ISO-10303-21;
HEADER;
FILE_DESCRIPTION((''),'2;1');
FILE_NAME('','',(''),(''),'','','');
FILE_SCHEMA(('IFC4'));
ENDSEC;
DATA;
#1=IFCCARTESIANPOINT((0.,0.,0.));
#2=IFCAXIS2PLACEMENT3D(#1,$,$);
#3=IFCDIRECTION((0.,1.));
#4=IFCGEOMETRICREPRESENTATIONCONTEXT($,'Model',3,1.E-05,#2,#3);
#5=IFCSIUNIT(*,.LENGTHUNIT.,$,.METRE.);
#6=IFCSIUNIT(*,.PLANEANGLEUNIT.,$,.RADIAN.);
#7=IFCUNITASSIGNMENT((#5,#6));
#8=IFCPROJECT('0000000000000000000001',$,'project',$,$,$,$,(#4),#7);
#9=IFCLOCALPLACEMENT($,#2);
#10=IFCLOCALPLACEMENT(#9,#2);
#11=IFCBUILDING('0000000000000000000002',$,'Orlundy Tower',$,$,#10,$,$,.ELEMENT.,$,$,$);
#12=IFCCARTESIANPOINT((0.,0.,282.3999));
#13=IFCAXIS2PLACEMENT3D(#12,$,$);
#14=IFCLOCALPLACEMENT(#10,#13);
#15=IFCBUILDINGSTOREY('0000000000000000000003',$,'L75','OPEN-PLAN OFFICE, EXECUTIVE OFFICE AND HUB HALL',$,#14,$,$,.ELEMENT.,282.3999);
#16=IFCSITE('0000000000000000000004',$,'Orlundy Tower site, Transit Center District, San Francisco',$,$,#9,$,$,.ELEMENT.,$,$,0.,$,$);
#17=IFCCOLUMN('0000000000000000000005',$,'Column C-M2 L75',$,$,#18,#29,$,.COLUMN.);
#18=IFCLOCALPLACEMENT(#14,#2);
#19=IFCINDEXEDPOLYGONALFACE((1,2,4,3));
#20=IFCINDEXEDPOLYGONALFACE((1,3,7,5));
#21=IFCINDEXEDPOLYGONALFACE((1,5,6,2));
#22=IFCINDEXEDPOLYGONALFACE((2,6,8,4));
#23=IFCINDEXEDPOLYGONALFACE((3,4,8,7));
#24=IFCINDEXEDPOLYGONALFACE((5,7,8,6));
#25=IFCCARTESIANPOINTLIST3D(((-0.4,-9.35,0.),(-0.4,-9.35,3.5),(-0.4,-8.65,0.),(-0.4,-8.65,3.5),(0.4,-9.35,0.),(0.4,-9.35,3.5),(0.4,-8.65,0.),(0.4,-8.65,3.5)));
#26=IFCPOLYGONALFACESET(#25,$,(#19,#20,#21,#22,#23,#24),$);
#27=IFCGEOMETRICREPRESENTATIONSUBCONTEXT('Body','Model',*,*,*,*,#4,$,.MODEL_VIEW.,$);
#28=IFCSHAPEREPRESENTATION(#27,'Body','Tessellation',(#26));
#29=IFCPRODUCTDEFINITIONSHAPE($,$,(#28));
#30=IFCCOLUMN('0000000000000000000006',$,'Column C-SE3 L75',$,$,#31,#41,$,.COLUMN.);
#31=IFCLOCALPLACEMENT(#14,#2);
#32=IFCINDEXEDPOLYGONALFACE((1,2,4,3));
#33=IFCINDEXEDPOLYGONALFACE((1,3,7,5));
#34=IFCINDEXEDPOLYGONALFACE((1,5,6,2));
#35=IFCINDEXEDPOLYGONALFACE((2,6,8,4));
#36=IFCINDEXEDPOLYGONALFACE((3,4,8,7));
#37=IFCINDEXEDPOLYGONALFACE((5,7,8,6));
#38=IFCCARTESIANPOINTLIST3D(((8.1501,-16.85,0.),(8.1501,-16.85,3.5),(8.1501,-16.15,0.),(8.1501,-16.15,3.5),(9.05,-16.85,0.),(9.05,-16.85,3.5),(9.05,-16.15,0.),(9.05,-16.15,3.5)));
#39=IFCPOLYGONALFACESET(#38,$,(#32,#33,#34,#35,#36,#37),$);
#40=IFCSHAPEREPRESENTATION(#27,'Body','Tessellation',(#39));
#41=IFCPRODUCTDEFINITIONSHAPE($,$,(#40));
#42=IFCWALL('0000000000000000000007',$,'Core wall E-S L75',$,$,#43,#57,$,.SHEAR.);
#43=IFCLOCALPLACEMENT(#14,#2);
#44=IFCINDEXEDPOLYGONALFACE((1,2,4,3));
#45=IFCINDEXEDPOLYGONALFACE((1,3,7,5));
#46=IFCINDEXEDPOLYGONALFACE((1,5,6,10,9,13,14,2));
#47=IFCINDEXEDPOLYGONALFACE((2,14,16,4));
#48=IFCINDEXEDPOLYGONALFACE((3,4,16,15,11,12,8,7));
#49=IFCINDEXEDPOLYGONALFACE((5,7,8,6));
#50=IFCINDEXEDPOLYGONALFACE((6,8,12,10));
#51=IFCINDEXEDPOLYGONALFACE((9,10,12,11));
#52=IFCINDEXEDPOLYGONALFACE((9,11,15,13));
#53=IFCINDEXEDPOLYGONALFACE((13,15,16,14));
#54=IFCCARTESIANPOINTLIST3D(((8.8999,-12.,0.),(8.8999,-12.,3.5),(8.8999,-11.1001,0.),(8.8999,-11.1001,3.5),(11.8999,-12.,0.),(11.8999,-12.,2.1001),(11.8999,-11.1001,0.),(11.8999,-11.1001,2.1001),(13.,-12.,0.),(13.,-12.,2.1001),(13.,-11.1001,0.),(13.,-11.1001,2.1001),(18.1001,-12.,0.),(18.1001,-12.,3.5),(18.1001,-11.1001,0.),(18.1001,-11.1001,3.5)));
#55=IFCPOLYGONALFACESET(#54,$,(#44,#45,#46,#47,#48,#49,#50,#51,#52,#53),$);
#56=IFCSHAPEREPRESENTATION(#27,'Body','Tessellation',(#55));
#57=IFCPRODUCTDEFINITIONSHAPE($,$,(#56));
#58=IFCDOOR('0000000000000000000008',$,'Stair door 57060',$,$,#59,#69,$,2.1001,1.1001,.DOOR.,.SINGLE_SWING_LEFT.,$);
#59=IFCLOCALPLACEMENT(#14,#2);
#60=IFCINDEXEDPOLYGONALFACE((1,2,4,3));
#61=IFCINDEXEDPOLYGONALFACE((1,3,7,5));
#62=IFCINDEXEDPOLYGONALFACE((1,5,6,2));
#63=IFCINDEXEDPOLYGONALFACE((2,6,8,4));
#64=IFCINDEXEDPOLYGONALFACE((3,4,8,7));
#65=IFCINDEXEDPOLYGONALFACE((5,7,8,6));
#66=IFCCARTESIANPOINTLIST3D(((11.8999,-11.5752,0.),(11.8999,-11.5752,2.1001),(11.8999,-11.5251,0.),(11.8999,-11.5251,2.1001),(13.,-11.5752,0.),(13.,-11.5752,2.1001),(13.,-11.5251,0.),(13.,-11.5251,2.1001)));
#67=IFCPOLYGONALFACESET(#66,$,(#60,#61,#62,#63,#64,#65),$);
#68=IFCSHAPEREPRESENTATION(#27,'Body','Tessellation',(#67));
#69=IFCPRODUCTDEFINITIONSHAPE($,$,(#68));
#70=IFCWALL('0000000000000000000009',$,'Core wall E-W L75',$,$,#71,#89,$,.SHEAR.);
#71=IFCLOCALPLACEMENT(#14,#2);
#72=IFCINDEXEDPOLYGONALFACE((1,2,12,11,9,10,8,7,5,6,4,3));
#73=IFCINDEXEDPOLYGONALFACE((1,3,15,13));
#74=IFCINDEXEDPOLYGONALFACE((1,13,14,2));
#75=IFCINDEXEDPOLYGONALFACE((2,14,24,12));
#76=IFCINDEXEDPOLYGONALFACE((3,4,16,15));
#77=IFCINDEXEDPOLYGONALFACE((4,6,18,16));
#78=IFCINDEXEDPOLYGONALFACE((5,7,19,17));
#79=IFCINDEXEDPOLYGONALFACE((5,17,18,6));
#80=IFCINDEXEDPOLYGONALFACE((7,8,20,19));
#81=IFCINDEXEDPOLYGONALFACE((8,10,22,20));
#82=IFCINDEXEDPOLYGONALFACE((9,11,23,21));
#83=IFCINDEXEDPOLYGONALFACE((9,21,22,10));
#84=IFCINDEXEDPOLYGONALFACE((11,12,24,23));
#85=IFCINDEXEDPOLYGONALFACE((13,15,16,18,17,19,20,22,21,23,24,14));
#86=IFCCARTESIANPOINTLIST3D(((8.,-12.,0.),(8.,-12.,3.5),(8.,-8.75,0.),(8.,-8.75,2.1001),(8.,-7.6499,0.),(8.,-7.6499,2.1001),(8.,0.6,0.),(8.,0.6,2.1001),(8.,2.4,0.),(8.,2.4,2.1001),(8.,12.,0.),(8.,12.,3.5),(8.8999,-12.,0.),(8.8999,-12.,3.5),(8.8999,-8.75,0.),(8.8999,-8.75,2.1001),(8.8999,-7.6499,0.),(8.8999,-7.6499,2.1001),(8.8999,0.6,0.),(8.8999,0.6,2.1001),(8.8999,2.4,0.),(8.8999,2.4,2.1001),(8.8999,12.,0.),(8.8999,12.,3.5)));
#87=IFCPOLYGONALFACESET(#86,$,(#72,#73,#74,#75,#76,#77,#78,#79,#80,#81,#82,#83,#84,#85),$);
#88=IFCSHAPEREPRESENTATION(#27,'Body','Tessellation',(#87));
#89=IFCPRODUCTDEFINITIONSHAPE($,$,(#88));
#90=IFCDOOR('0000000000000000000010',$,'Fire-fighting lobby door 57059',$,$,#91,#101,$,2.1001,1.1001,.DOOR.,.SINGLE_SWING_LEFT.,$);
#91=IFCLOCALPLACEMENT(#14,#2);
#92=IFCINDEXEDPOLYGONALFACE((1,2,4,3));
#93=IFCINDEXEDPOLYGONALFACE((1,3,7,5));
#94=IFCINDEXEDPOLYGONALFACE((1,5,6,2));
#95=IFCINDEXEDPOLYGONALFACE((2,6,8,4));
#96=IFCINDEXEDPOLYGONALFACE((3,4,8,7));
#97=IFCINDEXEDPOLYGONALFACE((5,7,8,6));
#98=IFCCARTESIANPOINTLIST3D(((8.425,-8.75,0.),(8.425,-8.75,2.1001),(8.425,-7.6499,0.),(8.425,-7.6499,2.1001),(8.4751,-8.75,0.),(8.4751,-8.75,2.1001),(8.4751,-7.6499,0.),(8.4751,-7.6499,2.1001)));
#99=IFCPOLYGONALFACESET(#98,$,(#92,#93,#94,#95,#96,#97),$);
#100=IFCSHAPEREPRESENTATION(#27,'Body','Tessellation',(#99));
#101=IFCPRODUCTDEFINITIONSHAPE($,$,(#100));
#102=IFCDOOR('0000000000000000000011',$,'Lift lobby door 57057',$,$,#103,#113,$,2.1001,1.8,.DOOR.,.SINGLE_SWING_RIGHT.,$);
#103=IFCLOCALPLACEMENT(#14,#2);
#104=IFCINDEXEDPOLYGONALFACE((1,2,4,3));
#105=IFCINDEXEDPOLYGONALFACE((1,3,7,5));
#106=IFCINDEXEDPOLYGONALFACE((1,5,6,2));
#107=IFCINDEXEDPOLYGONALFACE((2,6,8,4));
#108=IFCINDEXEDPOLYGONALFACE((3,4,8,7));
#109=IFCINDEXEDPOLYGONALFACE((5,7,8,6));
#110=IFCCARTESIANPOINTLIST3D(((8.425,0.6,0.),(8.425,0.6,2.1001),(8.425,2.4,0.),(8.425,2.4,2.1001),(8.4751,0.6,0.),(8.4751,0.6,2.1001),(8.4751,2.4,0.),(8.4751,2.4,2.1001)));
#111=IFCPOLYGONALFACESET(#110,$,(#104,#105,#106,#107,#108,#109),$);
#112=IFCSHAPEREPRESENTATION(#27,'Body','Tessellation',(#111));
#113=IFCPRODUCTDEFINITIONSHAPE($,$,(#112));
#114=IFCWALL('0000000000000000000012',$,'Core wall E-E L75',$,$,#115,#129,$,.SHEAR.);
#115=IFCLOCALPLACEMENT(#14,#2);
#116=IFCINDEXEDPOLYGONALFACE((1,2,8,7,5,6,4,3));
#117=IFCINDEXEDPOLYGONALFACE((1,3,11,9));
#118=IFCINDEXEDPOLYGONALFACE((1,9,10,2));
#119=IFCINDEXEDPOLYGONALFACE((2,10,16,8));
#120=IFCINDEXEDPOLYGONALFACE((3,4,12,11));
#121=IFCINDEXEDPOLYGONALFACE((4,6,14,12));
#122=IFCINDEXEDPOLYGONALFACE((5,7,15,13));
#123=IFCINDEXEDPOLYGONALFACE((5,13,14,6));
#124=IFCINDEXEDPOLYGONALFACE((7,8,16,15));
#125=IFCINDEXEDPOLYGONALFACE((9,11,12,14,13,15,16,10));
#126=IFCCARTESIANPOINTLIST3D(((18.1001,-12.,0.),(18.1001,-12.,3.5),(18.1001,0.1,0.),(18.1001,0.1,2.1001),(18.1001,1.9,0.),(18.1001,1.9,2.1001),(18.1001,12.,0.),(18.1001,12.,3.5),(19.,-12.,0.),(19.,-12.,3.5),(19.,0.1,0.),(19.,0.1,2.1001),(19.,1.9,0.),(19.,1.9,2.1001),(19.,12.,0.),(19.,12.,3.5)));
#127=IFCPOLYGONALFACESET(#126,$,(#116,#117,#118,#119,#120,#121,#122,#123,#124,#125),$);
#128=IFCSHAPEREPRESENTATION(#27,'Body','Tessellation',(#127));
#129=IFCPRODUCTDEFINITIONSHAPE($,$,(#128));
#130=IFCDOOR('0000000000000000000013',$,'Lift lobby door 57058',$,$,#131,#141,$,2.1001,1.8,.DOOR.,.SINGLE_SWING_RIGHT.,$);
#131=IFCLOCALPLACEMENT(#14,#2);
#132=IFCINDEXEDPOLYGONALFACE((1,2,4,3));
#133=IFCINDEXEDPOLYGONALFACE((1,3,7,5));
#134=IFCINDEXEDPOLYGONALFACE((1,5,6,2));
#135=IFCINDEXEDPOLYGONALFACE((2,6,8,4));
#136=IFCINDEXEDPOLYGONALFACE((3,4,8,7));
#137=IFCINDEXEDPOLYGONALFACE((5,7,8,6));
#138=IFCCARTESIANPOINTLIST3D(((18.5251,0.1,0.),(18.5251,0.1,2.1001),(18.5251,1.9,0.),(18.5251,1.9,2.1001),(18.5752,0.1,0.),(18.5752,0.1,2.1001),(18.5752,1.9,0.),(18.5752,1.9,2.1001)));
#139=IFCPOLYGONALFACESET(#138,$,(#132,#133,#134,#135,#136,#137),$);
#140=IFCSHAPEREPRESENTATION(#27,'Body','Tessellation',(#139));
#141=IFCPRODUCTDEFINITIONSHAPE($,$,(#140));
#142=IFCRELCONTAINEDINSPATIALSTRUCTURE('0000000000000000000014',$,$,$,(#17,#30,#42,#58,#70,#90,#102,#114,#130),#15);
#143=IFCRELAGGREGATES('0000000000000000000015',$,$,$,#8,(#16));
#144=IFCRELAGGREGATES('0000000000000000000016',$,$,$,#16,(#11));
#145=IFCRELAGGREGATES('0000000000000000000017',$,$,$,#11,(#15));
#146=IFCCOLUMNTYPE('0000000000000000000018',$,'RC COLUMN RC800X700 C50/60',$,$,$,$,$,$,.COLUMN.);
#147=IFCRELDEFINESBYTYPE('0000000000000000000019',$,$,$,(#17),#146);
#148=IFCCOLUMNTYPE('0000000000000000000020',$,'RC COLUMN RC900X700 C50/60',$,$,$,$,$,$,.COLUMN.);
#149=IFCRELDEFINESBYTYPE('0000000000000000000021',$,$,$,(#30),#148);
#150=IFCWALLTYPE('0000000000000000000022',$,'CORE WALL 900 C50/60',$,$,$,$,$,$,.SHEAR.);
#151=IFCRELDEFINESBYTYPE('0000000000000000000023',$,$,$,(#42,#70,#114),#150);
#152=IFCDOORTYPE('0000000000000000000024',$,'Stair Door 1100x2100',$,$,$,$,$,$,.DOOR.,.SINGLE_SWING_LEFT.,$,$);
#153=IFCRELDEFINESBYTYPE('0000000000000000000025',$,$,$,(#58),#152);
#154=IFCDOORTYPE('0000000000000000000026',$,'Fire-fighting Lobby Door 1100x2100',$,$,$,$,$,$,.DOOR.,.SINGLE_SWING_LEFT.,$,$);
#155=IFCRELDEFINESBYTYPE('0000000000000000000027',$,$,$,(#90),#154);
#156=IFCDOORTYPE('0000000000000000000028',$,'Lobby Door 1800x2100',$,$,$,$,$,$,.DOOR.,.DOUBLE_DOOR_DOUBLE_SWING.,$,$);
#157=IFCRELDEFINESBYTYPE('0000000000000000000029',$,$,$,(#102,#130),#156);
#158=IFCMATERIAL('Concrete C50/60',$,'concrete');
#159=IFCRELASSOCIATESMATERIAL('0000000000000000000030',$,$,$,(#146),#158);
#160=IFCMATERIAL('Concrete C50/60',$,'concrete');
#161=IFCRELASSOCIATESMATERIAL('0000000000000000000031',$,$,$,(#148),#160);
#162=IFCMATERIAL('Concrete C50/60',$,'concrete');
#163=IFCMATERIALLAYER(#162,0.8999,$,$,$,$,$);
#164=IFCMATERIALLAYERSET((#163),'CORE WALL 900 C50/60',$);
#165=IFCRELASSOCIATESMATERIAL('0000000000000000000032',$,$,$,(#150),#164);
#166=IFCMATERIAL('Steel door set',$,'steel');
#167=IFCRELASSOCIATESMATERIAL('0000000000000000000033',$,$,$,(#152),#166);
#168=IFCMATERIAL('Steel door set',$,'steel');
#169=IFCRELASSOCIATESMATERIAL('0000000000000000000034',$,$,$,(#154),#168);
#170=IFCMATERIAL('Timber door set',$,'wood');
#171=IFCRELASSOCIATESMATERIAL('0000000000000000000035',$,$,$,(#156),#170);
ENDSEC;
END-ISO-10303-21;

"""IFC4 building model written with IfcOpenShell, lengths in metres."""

from ifc_helpers import new_model, si_unit, direction, frame, frame_2d, origin, origin_2d, place, context, subcontext, project, spatial, rectangle, extrude, material, layer, layer_set, material_profile, profile_set, type_object, element, fill, save


model = new_model("IFC4")

# Units and contexts
model_context = context("Model", 3, precision=1e-05, world=origin(), true_north=direction((0.0, 1.0)))
body_context = subcontext(model_context, "Body", "Model", "MODEL_VIEW")
ifc_project = project(units=[si_unit("LENGTHUNIT", "METRE"), si_unit("PLANEANGLEUNIT", "RADIAN")], contexts=[model_context])

# Site, building, storey
site_placement = place(None, origin())
site = spatial("IfcSite", under=ifc_project, at=site_placement, Name="Orlundy Tower site, Transit Center District, San Francisco", CompositionType="ELEMENT", RefElevation=0.0)
building_placement = place(site_placement, origin())
building = spatial("IfcBuilding", under=site, at=building_placement, Name="Orlundy Tower", CompositionType="ELEMENT")
storey_placement = place(building_placement, frame((0.0, 0.0, 282.3999)))
storey = spatial("IfcBuildingStorey", under=building, at=storey_placement, Name="L75", Description="OPEN-PLAN OFFICE, EXECUTIVE OFFICE AND HUB HALL", CompositionType="ELEMENT", Elevation=282.3999)

# Columns
ifc_material_1 = material(Name="Concrete C50/60", Category="concrete")
ifc_material_profile_1 = material_profile(ifc_material_1, rectangle(XDim=0.8, YDim=0.7, at=origin_2d()), Name="RC800X700")
ifc_profile_set_1 = profile_set([ifc_material_profile_1], Name="Concrete C50/60")
column_type_1 = type_object("IfcColumnType", Name="RC COLUMN RC800X700 C50/60", PredefinedType="COLUMN", material=ifc_profile_set_1)
column_1_placement = place(storey_placement, frame((0.0, -9.0, 0.0), z_axis=(0.0, 0.0, 1.0), x_axis=(1.0, 0.0, 0.0)))
element("IfcColumn", 1, at=column_1_placement, inside=storey, type_object=column_type_1, Name="Column C-M2 L75", PredefinedType="COLUMN", context=body_context, shape_type="SweptSolid", body=[
    extrude(rectangle(XDim=0.8, YDim=0.7, at=origin_2d()), origin(), (0.0, 0.0, 1.0), 3.5),
])
ifc_material_2 = material(Name="Concrete C50/60", Category="concrete")
ifc_material_profile_2 = material_profile(ifc_material_2, rectangle(XDim=0.8999, YDim=0.7, at=origin_2d()), Name="RC900X700")
ifc_profile_set_2 = profile_set([ifc_material_profile_2], Name="Concrete C50/60")
column_type_2 = type_object("IfcColumnType", Name="RC COLUMN RC900X700 C50/60", PredefinedType="COLUMN", material=ifc_profile_set_2)
column_2_placement = place(storey_placement, frame((8.6001, -16.5, 0.0), z_axis=(0.0, 0.0, 1.0), x_axis=(1.0, 0.0, 0.0)))
element("IfcColumn", 2, at=column_2_placement, inside=storey, type_object=column_type_2, Name="Column C-SE3 L75", PredefinedType="COLUMN", context=body_context, shape_type="SweptSolid", body=[
    extrude(rectangle(XDim=0.8999, YDim=0.7, at=origin_2d()), origin(), (0.0, 0.0, 1.0), 3.5),
])

# Wall, opening, door
ifc_material_3 = material(Name="Concrete C50/60", Category="concrete")
ifc_layer_1 = layer(ifc_material_3, 0.8999)
ifc_layer_set_1 = layer_set([ifc_layer_1], Name="CORE WALL 900 C50/60")
wall_type_1 = type_object("IfcWallType", Name="CORE WALL 900 C50/60", PredefinedType="SHEAR", material=ifc_layer_set_1)
wall_1_placement = place(storey_placement, frame((8.8999, -11.55, 0.0), z_axis=(0.0, 0.0, 1.0), x_axis=(1.0, 0.0, 0.0)))
wall_1 = element("IfcWall", 3, at=wall_1_placement, inside=storey, type_object=wall_type_1, Name="Core wall E-S L75", PredefinedType="SHEAR", context=body_context, shape_type="SweptSolid", body=[
    extrude(rectangle(XDim=9.2002, YDim=0.8999, at=frame_2d((4.6001, 0.0))), origin(), (0.0, 0.0, 1.0), 3.5),
])
opening_1_placement = place(wall_1_placement, frame((3.0, 0.0, 0.0)))
opening_1 = element("IfcOpeningElement", 4, at=opening_1_placement, cuts=wall_1, PredefinedType="OPENING", context=body_context, shape_type="SweptSolid", body=[
    extrude(rectangle(XDim=1.1001, YDim=2.1001, at=frame_2d((0.55, 1.05))), frame((0.0, 0.46, 0.0), z_axis=(0.0, -1.0, 0.0), x_axis=(1.0, 0.0, 0.0)), (0.0, 0.0, 1.0), 0.9199),
])
ifc_material_4 = material(Name="Steel door set", Category="steel")
door_type_1 = type_object("IfcDoorType", Name="Stair Door 1100x2100", OperationType="SINGLE_SWING_LEFT", PredefinedType="DOOR", material=ifc_material_4)
door_1_placement = place(opening_1_placement, origin())
door_1 = element("IfcDoor", 5, at=door_1_placement, inside=storey, type_object=door_type_1, Name="Stair door 57060", OperationType="SINGLE_SWING_LEFT", OverallHeight=2.1001, OverallWidth=1.1001, PredefinedType="DOOR", context=body_context, shape_type="SweptSolid", body=[
    extrude(rectangle(XDim=1.1001, YDim=2.1001, at=frame_2d((0.55, 1.05))), frame((0.0, 0.0249, 0.0), z_axis=(0.0, -1.0, 0.0), x_axis=(1.0, 0.0, 0.0)), (0.0, 0.0, 1.0), 0.05),
])
fill(opening_1, door_1)

# Wall, openings, doors
wall_2_placement = place(storey_placement, frame((8.45, -12.0, 0.0), z_axis=(0.0, 0.0, 1.0), x_axis=(0.0, 1.0, 0.0)))
wall_2 = element("IfcWall", 6, at=wall_2_placement, inside=storey, type_object=wall_type_1, Name="Core wall E-W L75", PredefinedType="SHEAR", context=body_context, shape_type="SweptSolid", body=[
    extrude(rectangle(XDim=24.0, YDim=0.8999, at=frame_2d((12.0, 0.0))), origin(), (0.0, 0.0, 1.0), 3.5),
])
opening_2_placement = place(wall_2_placement, frame((12.6001, 0.0, 0.0)))
opening_2 = element("IfcOpeningElement", 7, at=opening_2_placement, cuts=wall_2, PredefinedType="OPENING", context=body_context, shape_type="SweptSolid", body=[
    extrude(rectangle(XDim=1.8, YDim=2.1001, at=frame_2d((0.8999, 1.05))), frame((0.0, 0.46, 0.0), z_axis=(0.0, -1.0, 0.0), x_axis=(1.0, 0.0, 0.0)), (0.0, 0.0, 1.0), 0.9199),
])
opening_3_placement = place(wall_2_placement, frame((3.25, 0.0, 0.0)))
opening_3 = element("IfcOpeningElement", 8, at=opening_3_placement, cuts=wall_2, PredefinedType="OPENING", context=body_context, shape_type="SweptSolid", body=[
    extrude(rectangle(XDim=1.1001, YDim=2.1001, at=frame_2d((0.55, 1.05))), frame((0.0, 0.46, 0.0), z_axis=(0.0, -1.0, 0.0), x_axis=(1.0, 0.0, 0.0)), (0.0, 0.0, 1.0), 0.9199),
])
ifc_material_5 = material(Name="Steel door set", Category="steel")
door_type_2 = type_object("IfcDoorType", Name="Fire-fighting Lobby Door 1100x2100", OperationType="SINGLE_SWING_LEFT", PredefinedType="DOOR", material=ifc_material_5)
door_2_placement = place(opening_3_placement, origin())
door_2 = element("IfcDoor", 9, at=door_2_placement, inside=storey, type_object=door_type_2, Name="Fire-fighting lobby door 57059", OperationType="SINGLE_SWING_LEFT", OverallHeight=2.1001, OverallWidth=1.1001, PredefinedType="DOOR", context=body_context, shape_type="SweptSolid", body=[
    extrude(rectangle(XDim=1.1001, YDim=2.1001, at=frame_2d((0.55, 1.05))), frame((0.0, 0.0249, 0.0), z_axis=(0.0, -1.0, 0.0), x_axis=(1.0, 0.0, 0.0)), (0.0, 0.0, 1.0), 0.05),
])
fill(opening_3, door_2)
ifc_material_6 = material(Name="Timber door set", Category="wood")
door_type_3 = type_object("IfcDoorType", Name="Lobby Door 1800x2100", OperationType="DOUBLE_DOOR_DOUBLE_SWING", PredefinedType="DOOR", material=ifc_material_6)
door_3_placement = place(opening_2_placement, origin())
door_3 = element("IfcDoor", 10, at=door_3_placement, inside=storey, type_object=door_type_3, Name="Lift lobby door 57057", OperationType="SINGLE_SWING_RIGHT", OverallHeight=2.1001, OverallWidth=1.8, PredefinedType="DOOR", context=body_context, shape_type="SweptSolid", body=[
    extrude(rectangle(XDim=1.8, YDim=2.1001, at=frame_2d((0.8999, 1.05))), frame((0.0, 0.0249, 0.0), z_axis=(0.0, -1.0, 0.0), x_axis=(1.0, 0.0, 0.0)), (0.0, 0.0, 1.0), 0.05),
])
fill(opening_2, door_3)

# Wall, opening, door
wall_3_placement = place(storey_placement, frame((18.55, -12.0, 0.0), z_axis=(0.0, 0.0, 1.0), x_axis=(0.0, 1.0, 0.0)))
wall_3 = element("IfcWall", 11, at=wall_3_placement, inside=storey, type_object=wall_type_1, Name="Core wall E-E L75", PredefinedType="SHEAR", context=body_context, shape_type="SweptSolid", body=[
    extrude(rectangle(XDim=24.0, YDim=0.8999, at=frame_2d((12.0, 0.0))), origin(), (0.0, 0.0, 1.0), 3.5),
])
opening_4_placement = place(wall_3_placement, frame((12.1001, 0.0, 0.0)))
opening_4 = element("IfcOpeningElement", 12, at=opening_4_placement, cuts=wall_3, PredefinedType="OPENING", context=body_context, shape_type="SweptSolid", body=[
    extrude(rectangle(XDim=1.8, YDim=2.1001, at=frame_2d((0.8999, 1.05))), frame((0.0, 0.46, 0.0), z_axis=(0.0, -1.0, 0.0), x_axis=(1.0, 0.0, 0.0)), (0.0, 0.0, 1.0), 0.9199),
])
door_4_placement = place(opening_4_placement, origin())
door_4 = element("IfcDoor", 13, at=door_4_placement, inside=storey, type_object=door_type_3, Name="Lift lobby door 57058", OperationType="SINGLE_SWING_RIGHT", OverallHeight=2.1001, OverallWidth=1.8, PredefinedType="DOOR", context=body_context, shape_type="SweptSolid", body=[
    extrude(rectangle(XDim=1.8, YDim=2.1001, at=frame_2d((0.8999, 1.05))), frame((0.0, 0.0249, 0.0), z_axis=(0.0, -1.0, 0.0), x_axis=(1.0, 0.0, 0.0)), (0.0, 0.0, 1.0), 0.05),
])
fill(opening_4, door_4)

save(model, "model.ifc")
